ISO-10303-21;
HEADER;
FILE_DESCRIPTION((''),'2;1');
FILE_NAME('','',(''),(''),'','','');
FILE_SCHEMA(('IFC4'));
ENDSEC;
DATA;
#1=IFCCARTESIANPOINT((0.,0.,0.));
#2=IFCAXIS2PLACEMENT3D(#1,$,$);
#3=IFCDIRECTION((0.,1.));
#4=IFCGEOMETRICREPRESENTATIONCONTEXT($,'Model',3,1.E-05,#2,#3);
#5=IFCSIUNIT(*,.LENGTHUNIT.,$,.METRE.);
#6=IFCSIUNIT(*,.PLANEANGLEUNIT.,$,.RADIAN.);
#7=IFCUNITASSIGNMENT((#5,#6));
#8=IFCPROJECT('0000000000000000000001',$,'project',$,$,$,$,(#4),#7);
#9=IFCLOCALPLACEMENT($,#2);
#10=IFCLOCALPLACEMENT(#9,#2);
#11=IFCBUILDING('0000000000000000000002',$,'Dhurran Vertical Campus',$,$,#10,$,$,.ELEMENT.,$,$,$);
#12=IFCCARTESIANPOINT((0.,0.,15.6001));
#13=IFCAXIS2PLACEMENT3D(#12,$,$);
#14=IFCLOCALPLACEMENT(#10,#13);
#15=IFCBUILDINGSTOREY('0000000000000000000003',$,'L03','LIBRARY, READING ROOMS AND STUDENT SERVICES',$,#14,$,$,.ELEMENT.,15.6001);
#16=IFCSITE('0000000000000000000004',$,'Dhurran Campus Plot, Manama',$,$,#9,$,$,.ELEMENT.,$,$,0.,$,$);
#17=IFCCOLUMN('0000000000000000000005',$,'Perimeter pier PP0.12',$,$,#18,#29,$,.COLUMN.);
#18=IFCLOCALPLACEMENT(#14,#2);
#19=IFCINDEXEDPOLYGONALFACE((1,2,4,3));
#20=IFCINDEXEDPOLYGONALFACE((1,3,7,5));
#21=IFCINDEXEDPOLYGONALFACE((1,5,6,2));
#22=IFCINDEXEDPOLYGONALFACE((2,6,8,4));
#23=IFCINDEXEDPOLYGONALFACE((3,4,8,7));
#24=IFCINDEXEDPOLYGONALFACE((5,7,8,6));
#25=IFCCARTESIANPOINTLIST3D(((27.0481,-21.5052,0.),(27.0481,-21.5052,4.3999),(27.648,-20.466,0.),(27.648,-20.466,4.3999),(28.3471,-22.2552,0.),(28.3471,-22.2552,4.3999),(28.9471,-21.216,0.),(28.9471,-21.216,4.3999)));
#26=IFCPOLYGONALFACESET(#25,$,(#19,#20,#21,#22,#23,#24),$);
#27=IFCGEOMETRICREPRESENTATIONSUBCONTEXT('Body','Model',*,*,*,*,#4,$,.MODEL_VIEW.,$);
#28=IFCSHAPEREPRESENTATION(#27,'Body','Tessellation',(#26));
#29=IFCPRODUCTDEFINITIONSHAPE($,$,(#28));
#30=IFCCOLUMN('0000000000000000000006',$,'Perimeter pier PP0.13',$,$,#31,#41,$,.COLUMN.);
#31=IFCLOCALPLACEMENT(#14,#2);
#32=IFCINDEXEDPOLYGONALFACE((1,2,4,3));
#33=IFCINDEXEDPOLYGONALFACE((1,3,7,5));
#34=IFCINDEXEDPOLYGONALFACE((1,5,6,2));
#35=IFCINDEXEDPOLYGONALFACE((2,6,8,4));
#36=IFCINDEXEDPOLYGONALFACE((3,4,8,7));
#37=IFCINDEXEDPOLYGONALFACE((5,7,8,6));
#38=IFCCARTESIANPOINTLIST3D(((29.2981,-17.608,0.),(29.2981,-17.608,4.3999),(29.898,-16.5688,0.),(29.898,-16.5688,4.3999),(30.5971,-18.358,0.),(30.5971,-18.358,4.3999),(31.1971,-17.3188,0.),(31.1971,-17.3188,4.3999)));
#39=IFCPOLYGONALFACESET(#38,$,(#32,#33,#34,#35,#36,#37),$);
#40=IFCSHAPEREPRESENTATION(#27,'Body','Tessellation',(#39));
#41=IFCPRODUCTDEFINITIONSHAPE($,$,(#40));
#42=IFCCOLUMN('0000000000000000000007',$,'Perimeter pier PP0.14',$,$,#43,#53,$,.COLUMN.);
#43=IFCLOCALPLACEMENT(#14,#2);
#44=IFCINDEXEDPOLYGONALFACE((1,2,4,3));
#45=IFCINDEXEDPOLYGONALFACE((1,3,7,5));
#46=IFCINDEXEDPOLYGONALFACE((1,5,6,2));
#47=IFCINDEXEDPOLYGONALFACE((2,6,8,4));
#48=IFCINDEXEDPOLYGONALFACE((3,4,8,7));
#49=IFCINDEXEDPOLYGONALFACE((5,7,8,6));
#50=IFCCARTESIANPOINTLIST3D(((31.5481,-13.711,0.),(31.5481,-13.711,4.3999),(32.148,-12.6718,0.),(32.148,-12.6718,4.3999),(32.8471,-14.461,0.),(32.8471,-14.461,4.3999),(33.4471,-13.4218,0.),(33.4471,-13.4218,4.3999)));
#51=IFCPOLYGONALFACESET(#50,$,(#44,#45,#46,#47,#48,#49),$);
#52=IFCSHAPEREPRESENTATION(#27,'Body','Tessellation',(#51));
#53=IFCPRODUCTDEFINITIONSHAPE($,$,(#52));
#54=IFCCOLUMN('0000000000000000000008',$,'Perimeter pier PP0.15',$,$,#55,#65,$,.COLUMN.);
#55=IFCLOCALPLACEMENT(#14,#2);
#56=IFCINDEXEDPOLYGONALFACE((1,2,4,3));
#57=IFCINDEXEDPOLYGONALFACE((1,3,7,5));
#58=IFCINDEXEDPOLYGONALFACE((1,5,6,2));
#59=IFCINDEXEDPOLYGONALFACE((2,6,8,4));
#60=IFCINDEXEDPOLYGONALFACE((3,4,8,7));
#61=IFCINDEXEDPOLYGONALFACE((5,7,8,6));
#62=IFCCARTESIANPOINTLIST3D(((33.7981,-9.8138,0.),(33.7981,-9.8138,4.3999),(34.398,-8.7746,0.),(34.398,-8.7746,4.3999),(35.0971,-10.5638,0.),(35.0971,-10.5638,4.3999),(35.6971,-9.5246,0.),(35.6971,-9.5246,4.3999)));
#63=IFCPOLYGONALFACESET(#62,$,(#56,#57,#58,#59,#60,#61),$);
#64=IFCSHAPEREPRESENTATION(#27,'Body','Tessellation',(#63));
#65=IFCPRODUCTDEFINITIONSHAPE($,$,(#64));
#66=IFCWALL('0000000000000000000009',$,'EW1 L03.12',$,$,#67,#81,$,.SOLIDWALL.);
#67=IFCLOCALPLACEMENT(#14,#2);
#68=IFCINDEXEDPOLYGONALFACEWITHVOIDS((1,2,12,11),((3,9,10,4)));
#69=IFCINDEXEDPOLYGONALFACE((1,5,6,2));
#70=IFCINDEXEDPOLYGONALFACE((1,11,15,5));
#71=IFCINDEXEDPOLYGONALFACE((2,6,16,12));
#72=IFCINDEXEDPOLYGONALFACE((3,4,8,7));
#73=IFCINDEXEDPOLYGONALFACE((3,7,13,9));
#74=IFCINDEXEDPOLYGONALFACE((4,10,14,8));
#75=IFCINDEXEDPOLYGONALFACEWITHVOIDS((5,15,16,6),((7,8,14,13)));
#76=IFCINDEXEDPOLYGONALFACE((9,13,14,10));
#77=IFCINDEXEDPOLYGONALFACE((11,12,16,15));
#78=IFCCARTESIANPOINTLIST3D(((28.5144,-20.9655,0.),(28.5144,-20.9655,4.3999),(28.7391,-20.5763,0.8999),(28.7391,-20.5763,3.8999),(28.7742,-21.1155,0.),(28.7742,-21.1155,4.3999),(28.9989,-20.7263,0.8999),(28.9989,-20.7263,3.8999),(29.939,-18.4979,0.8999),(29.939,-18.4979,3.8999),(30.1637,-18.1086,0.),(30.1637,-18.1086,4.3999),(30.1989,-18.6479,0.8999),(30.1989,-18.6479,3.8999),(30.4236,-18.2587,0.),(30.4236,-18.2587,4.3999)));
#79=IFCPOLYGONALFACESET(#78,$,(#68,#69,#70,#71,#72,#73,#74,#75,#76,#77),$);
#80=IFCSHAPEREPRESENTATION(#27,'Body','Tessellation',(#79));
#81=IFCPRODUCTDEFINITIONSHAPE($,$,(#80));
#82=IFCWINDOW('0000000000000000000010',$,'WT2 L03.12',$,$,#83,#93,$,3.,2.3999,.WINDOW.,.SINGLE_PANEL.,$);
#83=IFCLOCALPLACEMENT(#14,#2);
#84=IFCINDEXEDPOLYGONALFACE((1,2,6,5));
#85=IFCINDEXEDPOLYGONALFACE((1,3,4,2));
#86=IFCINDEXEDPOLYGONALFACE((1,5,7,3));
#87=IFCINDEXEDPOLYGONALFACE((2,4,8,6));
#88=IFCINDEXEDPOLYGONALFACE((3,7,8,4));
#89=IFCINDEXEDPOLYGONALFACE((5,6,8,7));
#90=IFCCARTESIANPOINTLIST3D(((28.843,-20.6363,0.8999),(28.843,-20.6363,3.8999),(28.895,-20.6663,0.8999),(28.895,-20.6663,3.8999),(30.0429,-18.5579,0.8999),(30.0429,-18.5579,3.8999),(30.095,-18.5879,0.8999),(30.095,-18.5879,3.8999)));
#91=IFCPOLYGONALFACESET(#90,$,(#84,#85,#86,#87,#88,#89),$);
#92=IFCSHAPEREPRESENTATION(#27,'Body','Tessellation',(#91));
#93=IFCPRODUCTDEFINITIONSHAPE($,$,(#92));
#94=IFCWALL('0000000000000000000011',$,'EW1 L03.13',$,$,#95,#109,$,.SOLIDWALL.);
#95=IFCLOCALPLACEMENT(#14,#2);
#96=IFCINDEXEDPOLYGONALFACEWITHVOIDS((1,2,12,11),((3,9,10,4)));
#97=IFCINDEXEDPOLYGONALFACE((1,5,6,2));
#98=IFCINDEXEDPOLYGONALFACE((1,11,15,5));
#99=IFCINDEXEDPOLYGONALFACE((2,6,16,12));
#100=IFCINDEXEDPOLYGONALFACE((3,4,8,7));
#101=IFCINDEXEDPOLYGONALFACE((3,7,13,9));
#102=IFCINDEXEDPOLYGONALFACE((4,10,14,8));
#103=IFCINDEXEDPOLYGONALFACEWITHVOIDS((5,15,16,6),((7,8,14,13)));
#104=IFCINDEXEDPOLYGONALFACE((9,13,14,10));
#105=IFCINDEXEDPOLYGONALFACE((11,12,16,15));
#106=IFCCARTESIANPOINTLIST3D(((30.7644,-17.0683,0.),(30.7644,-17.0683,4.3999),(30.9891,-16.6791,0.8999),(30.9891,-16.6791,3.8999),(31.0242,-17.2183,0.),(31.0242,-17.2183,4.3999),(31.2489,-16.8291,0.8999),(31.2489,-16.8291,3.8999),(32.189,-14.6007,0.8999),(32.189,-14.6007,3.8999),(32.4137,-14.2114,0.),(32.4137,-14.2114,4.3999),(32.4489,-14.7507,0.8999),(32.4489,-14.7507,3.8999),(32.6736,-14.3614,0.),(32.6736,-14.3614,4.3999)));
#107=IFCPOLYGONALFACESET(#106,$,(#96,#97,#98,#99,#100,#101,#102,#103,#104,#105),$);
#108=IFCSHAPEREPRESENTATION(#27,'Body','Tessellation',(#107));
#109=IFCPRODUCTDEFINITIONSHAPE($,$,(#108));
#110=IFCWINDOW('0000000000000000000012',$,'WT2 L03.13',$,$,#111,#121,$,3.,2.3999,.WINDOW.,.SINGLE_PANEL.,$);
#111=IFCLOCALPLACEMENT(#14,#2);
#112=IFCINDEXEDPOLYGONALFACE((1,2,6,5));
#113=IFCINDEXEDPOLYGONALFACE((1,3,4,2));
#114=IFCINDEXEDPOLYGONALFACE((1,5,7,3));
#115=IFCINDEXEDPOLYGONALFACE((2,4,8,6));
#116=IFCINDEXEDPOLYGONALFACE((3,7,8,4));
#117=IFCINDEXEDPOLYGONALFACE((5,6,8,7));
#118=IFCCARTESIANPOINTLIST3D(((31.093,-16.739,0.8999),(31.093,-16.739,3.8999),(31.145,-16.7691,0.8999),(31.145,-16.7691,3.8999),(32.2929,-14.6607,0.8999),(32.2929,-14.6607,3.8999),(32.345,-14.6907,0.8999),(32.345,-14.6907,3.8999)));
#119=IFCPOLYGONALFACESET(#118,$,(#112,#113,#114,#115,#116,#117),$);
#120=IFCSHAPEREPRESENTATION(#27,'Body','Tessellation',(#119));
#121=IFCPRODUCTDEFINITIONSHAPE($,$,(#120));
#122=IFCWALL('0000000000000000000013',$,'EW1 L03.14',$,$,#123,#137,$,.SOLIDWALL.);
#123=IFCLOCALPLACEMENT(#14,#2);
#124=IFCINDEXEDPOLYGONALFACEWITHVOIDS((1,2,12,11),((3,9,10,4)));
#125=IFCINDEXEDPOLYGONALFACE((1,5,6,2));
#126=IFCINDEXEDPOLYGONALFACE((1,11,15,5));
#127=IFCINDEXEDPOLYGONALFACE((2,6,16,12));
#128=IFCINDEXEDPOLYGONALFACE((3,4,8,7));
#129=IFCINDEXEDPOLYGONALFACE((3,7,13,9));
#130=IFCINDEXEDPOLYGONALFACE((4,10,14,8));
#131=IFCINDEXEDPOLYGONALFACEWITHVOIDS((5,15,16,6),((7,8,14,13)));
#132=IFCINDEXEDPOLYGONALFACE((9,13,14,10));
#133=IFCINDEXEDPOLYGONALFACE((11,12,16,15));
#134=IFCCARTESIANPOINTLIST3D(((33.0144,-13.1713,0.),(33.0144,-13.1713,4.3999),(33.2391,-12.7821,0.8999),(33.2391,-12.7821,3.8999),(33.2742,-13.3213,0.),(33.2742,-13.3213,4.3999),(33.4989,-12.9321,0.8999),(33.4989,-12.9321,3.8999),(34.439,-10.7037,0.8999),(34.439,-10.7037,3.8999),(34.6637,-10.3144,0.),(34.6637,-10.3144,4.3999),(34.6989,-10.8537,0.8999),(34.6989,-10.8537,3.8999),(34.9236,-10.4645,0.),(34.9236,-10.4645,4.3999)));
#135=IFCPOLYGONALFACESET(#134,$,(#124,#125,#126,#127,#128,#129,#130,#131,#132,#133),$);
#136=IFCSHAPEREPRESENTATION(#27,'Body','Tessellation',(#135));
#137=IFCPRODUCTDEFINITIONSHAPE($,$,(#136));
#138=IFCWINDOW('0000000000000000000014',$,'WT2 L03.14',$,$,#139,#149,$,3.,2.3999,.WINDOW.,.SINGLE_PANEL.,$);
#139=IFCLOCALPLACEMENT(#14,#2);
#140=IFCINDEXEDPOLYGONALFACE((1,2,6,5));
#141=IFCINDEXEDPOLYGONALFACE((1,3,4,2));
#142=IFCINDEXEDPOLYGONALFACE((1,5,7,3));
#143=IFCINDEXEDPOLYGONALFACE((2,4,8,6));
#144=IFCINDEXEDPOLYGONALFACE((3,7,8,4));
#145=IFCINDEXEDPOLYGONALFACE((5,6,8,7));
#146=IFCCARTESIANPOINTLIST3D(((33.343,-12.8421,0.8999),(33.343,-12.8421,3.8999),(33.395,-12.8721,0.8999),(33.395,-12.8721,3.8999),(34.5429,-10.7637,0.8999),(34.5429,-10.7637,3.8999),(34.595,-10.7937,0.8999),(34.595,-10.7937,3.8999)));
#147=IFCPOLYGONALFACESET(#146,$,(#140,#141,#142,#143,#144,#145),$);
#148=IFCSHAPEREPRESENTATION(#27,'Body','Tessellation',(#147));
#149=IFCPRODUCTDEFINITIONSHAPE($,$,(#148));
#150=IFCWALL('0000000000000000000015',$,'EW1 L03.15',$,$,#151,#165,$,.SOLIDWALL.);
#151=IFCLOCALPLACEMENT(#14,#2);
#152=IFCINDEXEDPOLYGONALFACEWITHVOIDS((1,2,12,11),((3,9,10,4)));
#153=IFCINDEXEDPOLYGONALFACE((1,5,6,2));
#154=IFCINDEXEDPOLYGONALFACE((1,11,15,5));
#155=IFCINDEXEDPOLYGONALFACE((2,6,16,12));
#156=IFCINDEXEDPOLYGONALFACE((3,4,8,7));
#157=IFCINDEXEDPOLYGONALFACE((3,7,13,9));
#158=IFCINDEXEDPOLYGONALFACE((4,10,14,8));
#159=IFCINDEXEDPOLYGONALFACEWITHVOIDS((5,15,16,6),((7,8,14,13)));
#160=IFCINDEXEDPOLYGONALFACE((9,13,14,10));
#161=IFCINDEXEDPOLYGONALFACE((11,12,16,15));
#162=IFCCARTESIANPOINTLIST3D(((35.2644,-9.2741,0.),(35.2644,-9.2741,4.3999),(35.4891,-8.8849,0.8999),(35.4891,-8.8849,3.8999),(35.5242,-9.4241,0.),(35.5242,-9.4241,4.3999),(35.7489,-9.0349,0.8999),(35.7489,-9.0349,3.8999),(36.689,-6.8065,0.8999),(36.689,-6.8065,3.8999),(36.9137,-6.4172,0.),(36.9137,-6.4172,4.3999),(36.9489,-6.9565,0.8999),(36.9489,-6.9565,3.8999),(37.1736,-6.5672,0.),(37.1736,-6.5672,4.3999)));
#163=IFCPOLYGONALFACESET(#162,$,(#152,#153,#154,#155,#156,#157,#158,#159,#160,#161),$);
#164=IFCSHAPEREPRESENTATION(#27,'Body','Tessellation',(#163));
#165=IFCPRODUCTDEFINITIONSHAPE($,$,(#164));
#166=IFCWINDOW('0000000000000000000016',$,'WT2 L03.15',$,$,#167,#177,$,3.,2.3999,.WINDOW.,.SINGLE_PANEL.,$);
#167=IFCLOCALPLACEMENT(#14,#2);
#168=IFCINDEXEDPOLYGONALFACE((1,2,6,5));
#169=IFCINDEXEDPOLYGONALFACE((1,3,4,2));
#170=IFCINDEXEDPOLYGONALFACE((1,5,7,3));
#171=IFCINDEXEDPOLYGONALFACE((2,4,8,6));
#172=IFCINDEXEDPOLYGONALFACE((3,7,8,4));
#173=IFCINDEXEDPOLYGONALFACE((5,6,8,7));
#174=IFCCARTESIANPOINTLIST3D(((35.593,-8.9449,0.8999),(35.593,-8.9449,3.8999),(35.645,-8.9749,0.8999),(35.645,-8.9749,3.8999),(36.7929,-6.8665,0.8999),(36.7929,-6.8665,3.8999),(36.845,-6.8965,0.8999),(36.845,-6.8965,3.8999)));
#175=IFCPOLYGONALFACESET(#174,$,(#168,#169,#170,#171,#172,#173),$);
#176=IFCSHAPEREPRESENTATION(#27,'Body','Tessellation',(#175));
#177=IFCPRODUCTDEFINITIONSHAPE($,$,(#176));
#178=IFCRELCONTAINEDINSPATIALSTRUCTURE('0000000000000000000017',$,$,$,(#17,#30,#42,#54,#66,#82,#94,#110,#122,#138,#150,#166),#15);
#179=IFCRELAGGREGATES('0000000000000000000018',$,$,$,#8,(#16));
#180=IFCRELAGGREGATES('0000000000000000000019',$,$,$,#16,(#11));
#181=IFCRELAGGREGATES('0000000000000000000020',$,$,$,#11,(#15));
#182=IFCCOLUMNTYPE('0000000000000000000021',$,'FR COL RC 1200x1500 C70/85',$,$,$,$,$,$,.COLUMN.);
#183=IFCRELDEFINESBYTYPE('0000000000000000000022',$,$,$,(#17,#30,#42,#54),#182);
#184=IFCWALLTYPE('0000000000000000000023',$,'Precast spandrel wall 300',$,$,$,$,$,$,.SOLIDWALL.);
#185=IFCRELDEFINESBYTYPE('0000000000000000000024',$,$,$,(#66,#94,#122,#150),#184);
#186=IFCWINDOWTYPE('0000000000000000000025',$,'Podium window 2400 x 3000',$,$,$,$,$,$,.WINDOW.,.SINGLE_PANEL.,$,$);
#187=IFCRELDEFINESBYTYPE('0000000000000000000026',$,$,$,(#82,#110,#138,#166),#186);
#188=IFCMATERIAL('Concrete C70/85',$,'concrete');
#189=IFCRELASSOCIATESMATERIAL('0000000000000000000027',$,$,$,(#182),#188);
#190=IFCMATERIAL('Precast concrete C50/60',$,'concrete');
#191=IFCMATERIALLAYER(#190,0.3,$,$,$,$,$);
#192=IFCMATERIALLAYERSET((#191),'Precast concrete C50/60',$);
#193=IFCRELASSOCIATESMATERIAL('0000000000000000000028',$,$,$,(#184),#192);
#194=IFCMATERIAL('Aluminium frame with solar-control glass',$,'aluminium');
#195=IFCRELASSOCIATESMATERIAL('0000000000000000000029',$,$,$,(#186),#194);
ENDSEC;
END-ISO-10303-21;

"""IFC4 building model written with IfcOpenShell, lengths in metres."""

from ifc_helpers import new_model, si_unit, direction, frame, frame_2d, origin, origin_2d, place, context, subcontext, project, spatial, rectangle, extrude, material, layer, layer_set, material_profile, profile_set, type_object, element, fill, save


model = new_model("IFC4")

# Units and contexts
model_context = context("Model", 3, precision=1e-05, world=origin(), true_north=direction((0.0, 1.0)))
body_context = subcontext(model_context, "Body", "Model", "MODEL_VIEW")
ifc_project = project(units=[si_unit("LENGTHUNIT", "METRE"), si_unit("PLANEANGLEUNIT", "RADIAN")], contexts=[model_context])

# Site, building, storey
site_placement = place(None, origin())
site = spatial("IfcSite", under=ifc_project, at=site_placement, Name="Dhurran Campus Plot, Manama", CompositionType="ELEMENT", RefElevation=0.0)
building_placement = place(site_placement, origin())
building = spatial("IfcBuilding", under=site, at=building_placement, Name="Dhurran Vertical Campus", CompositionType="ELEMENT")
storey_placement = place(building_placement, frame((0.0, 0.0, 15.6001)))
storey = spatial("IfcBuildingStorey", under=building, at=storey_placement, Name="L03", Description="LIBRARY, READING ROOMS AND STUDENT SERVICES", CompositionType="ELEMENT", Elevation=15.6001)

# Columns
ifc_material_1 = material(Name="Concrete C70/85", Category="concrete")
ifc_material_profile = material_profile(ifc_material_1, rectangle(XDim=1.2, YDim=1.5, at=origin_2d()), Name="RC 1200x1500")
ifc_profile_set = profile_set([ifc_material_profile], Name="Concrete C70/85")
column_type = type_object("IfcColumnType", Name="FR COL RC 1200x1500 C70/85", PredefinedType="COLUMN", material=ifc_profile_set)
for number, where, z_axis, x_axis, name in (
    (1, (27.9976, -21.3606, 0.0), (0.0, 0.0, 1.0), (0.5, 0.866025, 0.0), "Perimeter pier PP0.12"),
    (2, (30.2476, -17.4634, 0.0), (0.0, 0.0, 1.0), (0.5, 0.866025, 0.0), "Perimeter pier PP0.13"),
    (3, (32.4976, -13.5664, 0.0), (0.0, 0.0, 1.0), (0.5, 0.866025, 0.0), "Perimeter pier PP0.14"),
    (4, (34.7476, -9.6692, 0.0), (0.0, 0.0, 1.0), (0.5, 0.866025, 0.0), "Perimeter pier PP0.15"),
):
    element("IfcColumn", number, at=place(storey_placement, frame(where, z_axis=z_axis, x_axis=x_axis)), inside=storey, type_object=column_type, Name=name, PredefinedType="COLUMN", context=body_context, shape_type="SweptSolid", body=[
        extrude(rectangle(XDim=1.2, YDim=1.5, at=origin_2d()), origin(), (0.0, 0.0, 1.0), 4.3999),
    ])

# Walls, openings, windows
ifc_material_2 = material(Name="Precast concrete C50/60", Category="concrete")
ifc_layer_1 = layer(ifc_material_2, 0.3)
ifc_layer_set_1 = layer_set([ifc_layer_1], Name="Precast concrete C50/60")
wall_type_1 = type_object("IfcWallType", Name="Precast spandrel wall 300", PredefinedType="SOLIDWALL", material=ifc_layer_set_1)
wall_1_placement = place(storey_placement, frame((28.6443, -21.0405, 0.0), z_axis=(0.0, 0.0, 1.0), x_axis=(0.499992, 0.86603, 0.0)))
wall_1 = element("IfcWall", 5, at=wall_1_placement, inside=storey, type_object=wall_type_1, Name="EW1 L03.12", PredefinedType="SOLIDWALL", context=body_context, shape_type="SweptSolid", body=[
    extrude(rectangle(XDim=3.2988, YDim=0.3, at=frame_2d((1.6494, 0.0))), origin(), (0.0, 0.0, 1.0), 4.3999),
])
opening_1_placement = place(wall_1_placement, frame((0.4495, 0.0, 0.8999)))
opening_1 = element("IfcOpeningElement", 6, at=opening_1_placement, cuts=wall_1, PredefinedType="OPENING", context=body_context, shape_type="SweptSolid", body=[
    extrude(rectangle(XDim=2.3999, YDim=3.0, at=frame_2d((1.2, 1.5))), frame((0.0, 0.1599, 0.0), z_axis=(0.0, -1.0, 0.0), x_axis=(1.0, 0.0, 0.0)), (0.0, 0.0, 1.0), 0.3201),
])
ifc_material_3 = material(Name="Aluminium frame with solar-control glass", Category="aluminium")
window_type = type_object("IfcWindowType", Name="Podium window 2400 x 3000", PartitioningType="SINGLE_PANEL", PredefinedType="WINDOW", material=ifc_material_3)
window_1_placement = place(opening_1_placement, origin())
window_1 = element("IfcWindow", 7, at=window_1_placement, inside=storey, type_object=window_type, Name="WT2 L03.12", OverallHeight=3.0, OverallWidth=2.3999, PartitioningType="SINGLE_PANEL", PredefinedType="WINDOW", context=body_context, shape_type="SweptSolid", body=[
    extrude(rectangle(XDim=2.3999, YDim=3.0, at=frame_2d((1.2, 1.5))), frame((0.0, 0.03, 0.0), z_axis=(0.0, -1.0, 0.0), x_axis=(1.0, 0.0, 0.0)), (0.0, 0.0, 1.0), 0.0601),
])
fill(opening_1, window_1)
wall_2_placement = place(storey_placement, frame((30.8943, -17.1433, 0.0), z_axis=(0.0, 0.0, 1.0), x_axis=(0.499992, 0.86603, 0.0)))
wall_2 = element("IfcWall", 8, at=wall_2_placement, inside=storey, type_object=wall_type_1, Name="EW1 L03.13", PredefinedType="SOLIDWALL", context=body_context, shape_type="SweptSolid", body=[
    extrude(rectangle(XDim=3.2988, YDim=0.3, at=frame_2d((1.6494, 0.0))), origin(), (0.0, 0.0, 1.0), 4.3999),
])
opening_2_placement = place(wall_2_placement, frame((0.4495, 0.0, 0.8999)))
opening_2 = element("IfcOpeningElement", 9, at=opening_2_placement, cuts=wall_2, PredefinedType="OPENING", context=body_context, shape_type="SweptSolid", body=[
    extrude(rectangle(XDim=2.3999, YDim=3.0, at=frame_2d((1.2, 1.5))), frame((0.0, 0.1599, 0.0), z_axis=(0.0, -1.0, 0.0), x_axis=(1.0, 0.0, 0.0)), (0.0, 0.0, 1.0), 0.3201),
])
window_2_placement = place(opening_2_placement, origin())
window_2 = element("IfcWindow", 10, at=window_2_placement, inside=storey, type_object=window_type, Name="WT2 L03.13", OverallHeight=3.0, OverallWidth=2.3999, PartitioningType="SINGLE_PANEL", PredefinedType="WINDOW", context=body_context, shape_type="SweptSolid", body=[
    extrude(rectangle(XDim=2.3999, YDim=3.0, at=frame_2d((1.2, 1.5))), frame((0.0, 0.03, 0.0), z_axis=(0.0, -1.0, 0.0), x_axis=(1.0, 0.0, 0.0)), (0.0, 0.0, 1.0), 0.0601),
])
fill(opening_2, window_2)
wall_3_placement = place(storey_placement, frame((33.1443, -13.2463, 0.0), z_axis=(0.0, 0.0, 1.0), x_axis=(0.499992, 0.86603, 0.0)))
wall_3 = element("IfcWall", 11, at=wall_3_placement, inside=storey, type_object=wall_type_1, Name="EW1 L03.14", PredefinedType="SOLIDWALL", context=body_context, shape_type="SweptSolid", body=[
    extrude(rectangle(XDim=3.2988, YDim=0.3, at=frame_2d((1.6494, 0.0))), origin(), (0.0, 0.0, 1.0), 4.3999),
])
opening_3_placement = place(wall_3_placement, frame((0.4495, 0.0, 0.8999)))
opening_3 = element("IfcOpeningElement", 12, at=opening_3_placement, cuts=wall_3, PredefinedType="OPENING", context=body_context, shape_type="SweptSolid", body=[
    extrude(rectangle(XDim=2.3999, YDim=3.0, at=frame_2d((1.2, 1.5))), frame((0.0, 0.1599, 0.0), z_axis=(0.0, -1.0, 0.0), x_axis=(1.0, 0.0, 0.0)), (0.0, 0.0, 1.0), 0.3201),
])
window_3_placement = place(opening_3_placement, origin())
window_3 = element("IfcWindow", 13, at=window_3_placement, inside=storey, type_object=window_type, Name="WT2 L03.14", OverallHeight=3.0, OverallWidth=2.3999, PartitioningType="SINGLE_PANEL", PredefinedType="WINDOW", context=body_context, shape_type="SweptSolid", body=[
    extrude(rectangle(XDim=2.3999, YDim=3.0, at=frame_2d((1.2, 1.5))), frame((0.0, 0.03, 0.0), z_axis=(0.0, -1.0, 0.0), x_axis=(1.0, 0.0, 0.0)), (0.0, 0.0, 1.0), 0.0601),
])
fill(opening_3, window_3)
wall_4_placement = place(storey_placement, frame((35.3943, -9.3491, 0.0), z_axis=(0.0, 0.0, 1.0), x_axis=(0.499992, 0.86603, 0.0)))
wall_4 = element("IfcWall", 14, at=wall_4_placement, inside=storey, type_object=wall_type_1, Name="EW1 L03.15", PredefinedType="SOLIDWALL", context=body_context, shape_type="SweptSolid", body=[
    extrude(rectangle(XDim=3.2988, YDim=0.3, at=frame_2d((1.6494, 0.0))), origin(), (0.0, 0.0, 1.0), 4.3999),
])
opening_4_placement = place(wall_4_placement, frame((0.4495, 0.0, 0.8999)))
opening_4 = element("IfcOpeningElement", 15, at=opening_4_placement, cuts=wall_4, PredefinedType="OPENING", context=body_context, shape_type="SweptSolid", body=[
    extrude(rectangle(XDim=2.3999, YDim=3.0, at=frame_2d((1.2, 1.5))), frame((0.0, 0.1599, 0.0), z_axis=(0.0, -1.0, 0.0), x_axis=(1.0, 0.0, 0.0)), (0.0, 0.0, 1.0), 0.3201),
])
window_4_placement = place(opening_4_placement, origin())
window_4 = element("IfcWindow", 16, at=window_4_placement, inside=storey, type_object=window_type, Name="WT2 L03.15", OverallHeight=3.0, OverallWidth=2.3999, PartitioningType="SINGLE_PANEL", PredefinedType="WINDOW", context=body_context, shape_type="SweptSolid", body=[
    extrude(rectangle(XDim=2.3999, YDim=3.0, at=frame_2d((1.2, 1.5))), frame((0.0, 0.03, 0.0), z_axis=(0.0, -1.0, 0.0), x_axis=(1.0, 0.0, 0.0)), (0.0, 0.0, 1.0), 0.0601),
])
fill(opening_4, window_4)

save(model, "model.ifc")
